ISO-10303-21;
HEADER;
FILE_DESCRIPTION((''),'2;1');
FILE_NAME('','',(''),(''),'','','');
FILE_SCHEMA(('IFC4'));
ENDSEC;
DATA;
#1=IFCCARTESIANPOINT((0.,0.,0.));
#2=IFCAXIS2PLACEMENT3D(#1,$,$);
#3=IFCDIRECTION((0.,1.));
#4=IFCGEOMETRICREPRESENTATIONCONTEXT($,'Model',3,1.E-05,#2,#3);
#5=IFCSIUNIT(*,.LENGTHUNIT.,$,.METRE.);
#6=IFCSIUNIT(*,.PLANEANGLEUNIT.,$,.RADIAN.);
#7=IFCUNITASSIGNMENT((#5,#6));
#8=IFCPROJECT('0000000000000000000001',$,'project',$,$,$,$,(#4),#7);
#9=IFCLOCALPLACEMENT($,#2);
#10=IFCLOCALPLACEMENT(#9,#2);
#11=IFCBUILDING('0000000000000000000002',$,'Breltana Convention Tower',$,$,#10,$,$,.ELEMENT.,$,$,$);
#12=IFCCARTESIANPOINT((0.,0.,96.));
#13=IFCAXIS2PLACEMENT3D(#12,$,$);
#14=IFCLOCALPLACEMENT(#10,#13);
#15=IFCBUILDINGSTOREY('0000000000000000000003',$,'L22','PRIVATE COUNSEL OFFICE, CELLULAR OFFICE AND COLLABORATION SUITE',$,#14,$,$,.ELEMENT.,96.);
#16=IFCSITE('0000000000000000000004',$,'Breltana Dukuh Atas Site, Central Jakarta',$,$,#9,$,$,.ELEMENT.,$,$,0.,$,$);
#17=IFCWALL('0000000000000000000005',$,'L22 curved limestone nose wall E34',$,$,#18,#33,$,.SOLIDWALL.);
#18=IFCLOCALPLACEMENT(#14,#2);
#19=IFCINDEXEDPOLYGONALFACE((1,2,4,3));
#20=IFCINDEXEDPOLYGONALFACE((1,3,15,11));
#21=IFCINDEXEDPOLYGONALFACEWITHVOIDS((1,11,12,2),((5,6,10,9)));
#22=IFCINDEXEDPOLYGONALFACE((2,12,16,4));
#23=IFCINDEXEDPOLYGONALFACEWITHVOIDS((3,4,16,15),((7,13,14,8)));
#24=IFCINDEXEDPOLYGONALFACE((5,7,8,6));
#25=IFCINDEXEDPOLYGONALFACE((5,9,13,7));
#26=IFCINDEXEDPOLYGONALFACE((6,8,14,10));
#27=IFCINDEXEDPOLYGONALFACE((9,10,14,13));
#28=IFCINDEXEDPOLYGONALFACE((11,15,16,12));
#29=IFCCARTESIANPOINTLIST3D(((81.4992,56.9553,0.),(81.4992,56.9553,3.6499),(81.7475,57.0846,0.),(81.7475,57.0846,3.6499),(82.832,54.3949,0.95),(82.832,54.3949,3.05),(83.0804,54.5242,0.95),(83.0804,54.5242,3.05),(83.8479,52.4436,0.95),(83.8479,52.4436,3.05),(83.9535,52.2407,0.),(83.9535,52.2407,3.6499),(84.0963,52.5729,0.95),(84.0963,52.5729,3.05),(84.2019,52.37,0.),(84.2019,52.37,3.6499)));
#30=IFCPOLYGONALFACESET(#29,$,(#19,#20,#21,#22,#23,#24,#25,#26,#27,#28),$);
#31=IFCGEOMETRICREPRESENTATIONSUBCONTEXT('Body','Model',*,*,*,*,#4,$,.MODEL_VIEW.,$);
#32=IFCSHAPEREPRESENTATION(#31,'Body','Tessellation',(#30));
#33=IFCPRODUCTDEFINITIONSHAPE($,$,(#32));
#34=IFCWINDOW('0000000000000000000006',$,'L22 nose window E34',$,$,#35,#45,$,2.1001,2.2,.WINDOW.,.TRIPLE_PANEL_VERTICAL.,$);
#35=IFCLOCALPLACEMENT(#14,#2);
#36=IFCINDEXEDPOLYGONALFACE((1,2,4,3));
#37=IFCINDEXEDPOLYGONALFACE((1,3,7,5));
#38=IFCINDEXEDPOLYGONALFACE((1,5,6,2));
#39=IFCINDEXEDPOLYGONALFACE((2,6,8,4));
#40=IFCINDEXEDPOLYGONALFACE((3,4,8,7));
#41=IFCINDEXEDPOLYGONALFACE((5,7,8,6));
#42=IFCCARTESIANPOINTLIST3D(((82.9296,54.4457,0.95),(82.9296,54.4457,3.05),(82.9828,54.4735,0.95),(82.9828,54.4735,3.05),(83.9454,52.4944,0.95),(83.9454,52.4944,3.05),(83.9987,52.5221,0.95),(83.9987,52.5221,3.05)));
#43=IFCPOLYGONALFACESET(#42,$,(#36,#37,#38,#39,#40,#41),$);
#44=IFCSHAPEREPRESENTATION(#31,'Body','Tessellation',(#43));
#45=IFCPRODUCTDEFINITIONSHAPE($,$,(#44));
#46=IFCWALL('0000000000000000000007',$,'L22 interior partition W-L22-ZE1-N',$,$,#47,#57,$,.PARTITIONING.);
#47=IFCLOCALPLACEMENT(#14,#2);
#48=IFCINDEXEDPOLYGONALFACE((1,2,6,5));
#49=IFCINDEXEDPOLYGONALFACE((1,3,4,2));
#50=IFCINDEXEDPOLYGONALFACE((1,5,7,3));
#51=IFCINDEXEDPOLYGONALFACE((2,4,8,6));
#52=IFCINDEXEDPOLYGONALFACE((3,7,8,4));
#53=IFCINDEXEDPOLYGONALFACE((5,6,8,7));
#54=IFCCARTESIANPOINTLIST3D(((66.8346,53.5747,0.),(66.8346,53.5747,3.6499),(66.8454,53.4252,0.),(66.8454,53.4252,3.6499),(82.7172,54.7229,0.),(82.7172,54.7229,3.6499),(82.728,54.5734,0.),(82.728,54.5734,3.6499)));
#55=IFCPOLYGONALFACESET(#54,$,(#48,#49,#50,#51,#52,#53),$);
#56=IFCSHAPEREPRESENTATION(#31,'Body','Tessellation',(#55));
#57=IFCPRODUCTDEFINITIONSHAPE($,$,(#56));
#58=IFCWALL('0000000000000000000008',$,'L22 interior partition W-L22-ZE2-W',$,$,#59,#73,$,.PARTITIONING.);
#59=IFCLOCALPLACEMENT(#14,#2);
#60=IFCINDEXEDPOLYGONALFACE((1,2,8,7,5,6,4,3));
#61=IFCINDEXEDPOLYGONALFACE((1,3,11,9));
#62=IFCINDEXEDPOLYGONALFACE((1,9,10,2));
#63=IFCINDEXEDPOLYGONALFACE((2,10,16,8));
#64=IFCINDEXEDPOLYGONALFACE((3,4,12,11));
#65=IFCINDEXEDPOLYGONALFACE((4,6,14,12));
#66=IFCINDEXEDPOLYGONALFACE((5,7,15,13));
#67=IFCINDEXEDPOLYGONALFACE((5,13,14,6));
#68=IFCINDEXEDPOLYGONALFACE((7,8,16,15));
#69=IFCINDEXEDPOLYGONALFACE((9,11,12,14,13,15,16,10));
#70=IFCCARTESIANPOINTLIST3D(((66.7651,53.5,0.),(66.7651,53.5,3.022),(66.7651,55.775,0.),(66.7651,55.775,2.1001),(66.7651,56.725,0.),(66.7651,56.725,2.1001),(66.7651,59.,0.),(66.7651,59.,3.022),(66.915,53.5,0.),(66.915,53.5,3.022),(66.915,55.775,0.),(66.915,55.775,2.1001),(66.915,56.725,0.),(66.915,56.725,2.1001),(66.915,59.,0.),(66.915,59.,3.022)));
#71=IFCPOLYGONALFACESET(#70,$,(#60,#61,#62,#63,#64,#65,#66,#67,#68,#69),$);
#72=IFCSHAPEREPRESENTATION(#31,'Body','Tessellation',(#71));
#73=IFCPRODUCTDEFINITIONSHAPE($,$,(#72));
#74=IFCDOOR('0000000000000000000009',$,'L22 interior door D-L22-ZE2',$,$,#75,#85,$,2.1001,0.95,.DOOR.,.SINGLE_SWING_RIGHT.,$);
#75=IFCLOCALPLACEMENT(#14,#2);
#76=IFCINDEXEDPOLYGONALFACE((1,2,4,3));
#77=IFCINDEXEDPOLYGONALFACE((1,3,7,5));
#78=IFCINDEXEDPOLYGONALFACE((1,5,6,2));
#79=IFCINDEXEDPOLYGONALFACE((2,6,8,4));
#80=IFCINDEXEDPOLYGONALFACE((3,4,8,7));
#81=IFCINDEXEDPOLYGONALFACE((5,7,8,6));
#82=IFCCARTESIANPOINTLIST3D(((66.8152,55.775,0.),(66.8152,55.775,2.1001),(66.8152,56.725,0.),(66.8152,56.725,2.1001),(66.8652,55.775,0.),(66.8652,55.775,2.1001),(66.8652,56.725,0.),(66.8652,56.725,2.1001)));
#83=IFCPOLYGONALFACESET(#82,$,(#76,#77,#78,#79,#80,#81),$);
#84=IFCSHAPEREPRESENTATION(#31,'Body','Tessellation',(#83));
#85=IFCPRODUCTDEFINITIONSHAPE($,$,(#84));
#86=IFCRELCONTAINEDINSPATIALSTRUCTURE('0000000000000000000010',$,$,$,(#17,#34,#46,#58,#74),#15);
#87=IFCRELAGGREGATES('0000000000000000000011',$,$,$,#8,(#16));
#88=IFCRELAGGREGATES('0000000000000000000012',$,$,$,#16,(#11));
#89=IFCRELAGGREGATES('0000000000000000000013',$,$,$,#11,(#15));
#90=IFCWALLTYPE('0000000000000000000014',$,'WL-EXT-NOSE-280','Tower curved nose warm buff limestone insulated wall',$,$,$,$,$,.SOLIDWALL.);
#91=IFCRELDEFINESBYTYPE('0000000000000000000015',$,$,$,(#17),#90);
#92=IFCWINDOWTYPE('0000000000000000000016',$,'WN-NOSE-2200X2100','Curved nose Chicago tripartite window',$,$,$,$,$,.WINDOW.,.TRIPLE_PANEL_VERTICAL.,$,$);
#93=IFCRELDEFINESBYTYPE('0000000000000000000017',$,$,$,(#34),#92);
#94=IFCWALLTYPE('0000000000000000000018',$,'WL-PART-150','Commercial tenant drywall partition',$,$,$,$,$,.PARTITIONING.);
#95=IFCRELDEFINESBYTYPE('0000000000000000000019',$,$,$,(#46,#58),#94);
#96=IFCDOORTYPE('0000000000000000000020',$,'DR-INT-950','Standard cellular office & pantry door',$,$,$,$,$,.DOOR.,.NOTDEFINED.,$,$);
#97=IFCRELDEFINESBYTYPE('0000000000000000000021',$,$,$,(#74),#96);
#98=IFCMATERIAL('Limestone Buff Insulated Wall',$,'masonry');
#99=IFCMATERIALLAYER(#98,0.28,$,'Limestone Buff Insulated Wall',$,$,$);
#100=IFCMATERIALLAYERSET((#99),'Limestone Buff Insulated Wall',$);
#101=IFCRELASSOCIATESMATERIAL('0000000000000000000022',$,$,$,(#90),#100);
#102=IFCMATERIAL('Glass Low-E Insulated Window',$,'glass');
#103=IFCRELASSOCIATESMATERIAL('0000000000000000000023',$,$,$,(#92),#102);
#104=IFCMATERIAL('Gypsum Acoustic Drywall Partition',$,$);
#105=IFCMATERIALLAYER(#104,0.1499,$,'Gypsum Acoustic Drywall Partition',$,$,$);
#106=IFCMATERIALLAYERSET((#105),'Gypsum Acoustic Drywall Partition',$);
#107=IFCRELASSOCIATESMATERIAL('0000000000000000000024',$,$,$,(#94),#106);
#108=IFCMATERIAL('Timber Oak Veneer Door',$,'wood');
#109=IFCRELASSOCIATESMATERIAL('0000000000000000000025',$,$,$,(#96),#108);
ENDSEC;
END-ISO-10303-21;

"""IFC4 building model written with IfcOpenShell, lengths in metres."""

from ifc_helpers import new_model, si_unit, direction, frame, frame_2d, origin, place, context, subcontext, project, spatial, rectangle, extrude, source, transform, mapped, material, layer, layer_set, type_object, type_shapes, element, fill, save


model = new_model("IFC4")

# Units and contexts
model_context = context("Model", 3, precision=1e-05, world=origin(), true_north=direction((0.0, 1.0)))
body_context = subcontext(model_context, "Body", "Model", "MODEL_VIEW")
ifc_project = project(units=[si_unit("LENGTHUNIT", "METRE"), si_unit("PLANEANGLEUNIT", "RADIAN")], contexts=[model_context])

# Site, building, storey
site_placement = place(None, origin())
site = spatial("IfcSite", under=ifc_project, at=site_placement, Name="Breltana Dukuh Atas Site, Central Jakarta", CompositionType="ELEMENT", RefElevation=0.0)
building_placement = place(site_placement, origin())
building = spatial("IfcBuilding", under=site, at=building_placement, Name="Breltana Convention Tower", CompositionType="ELEMENT")
storey_placement = place(building_placement, frame((0.0, 0.0, 96.0)))
storey = spatial("IfcBuildingStorey", under=building, at=storey_placement, Name="L22", Description="PRIVATE COUNSEL OFFICE, CELLULAR OFFICE AND COLLABORATION SUITE", CompositionType="ELEMENT", Elevation=96.0)

# Wall, opening, window
ifc_material_1 = material(Name="Limestone Buff Insulated Wall", Category="masonry")
ifc_layer_1 = layer(ifc_material_1, 0.28, Name="Limestone Buff Insulated Wall")
ifc_layer_set_1 = layer_set([ifc_layer_1], Name="Limestone Buff Insulated Wall")
wall_type_1 = type_object("IfcWallType", Name="WL-EXT-NOSE-280", Description="Tower curved nose warm buff limestone insulated wall", PredefinedType="SOLIDWALL", material=ifc_layer_set_1)
ifc_material_2 = material(Name="Glass Low-E Insulated Window", Category="glass")
window_type = type_object("IfcWindowType", Name="WN-NOSE-2200X2100", Description="Curved nose Chicago tripartite window", PartitioningType="TRIPLE_PANEL_VERTICAL", PredefinedType="WINDOW", material=ifc_material_2)
shared_shape_1 = source(origin(), body_context, "Body", "SweptSolid", [
    extrude(rectangle(XDim=2.2, YDim=2.1001, at=frame_2d((1.1001, 1.05))), frame((0.0, 0.03, 0.0), z_axis=(0.0, -1.0, 0.0), x_axis=(1.0, 0.0, 0.0)), (0.0, 0.0, 1.0), 0.0601),
])
type_shapes(window_type, [shared_shape_1])
shared_shape_2 = source(origin(), body_context, "Body", "SweptSolid", [
    extrude(rectangle(XDim=5.3152, YDim=0.28, at=frame_2d((2.6577, 0.0))), origin(), (0.0, 0.0, 1.0), 3.6499),
])
wall_1_placement = place(storey_placement, frame((81.6233, 57.02, 0.0), z_axis=(0.0, 0.0, 1.0), x_axis=(0.461761, -0.887005, 0.0)))
wall_1 = element("IfcWall", 1, at=wall_1_placement, inside=storey, type_object=wall_type_1, Name="L22 curved limestone nose wall E34", PredefinedType="SOLIDWALL", context=body_context, shape_type="MappedRepresentation", body=[
    mapped(shared_shape_2, transform((0.0, 0.0, 0.0), scale=1.0)),
])
opening_1_placement = place(wall_1_placement, frame((2.8865, 0.0, 0.95)))
opening_1 = element("IfcOpeningElement", 2, at=opening_1_placement, cuts=wall_1, PredefinedType="OPENING", context=body_context, shape_type="SweptSolid", body=[
    extrude(rectangle(XDim=2.2, YDim=2.1001, at=frame_2d((1.1001, 1.05))), frame((0.0, 0.1499, 0.0), z_axis=(0.0, -1.0, 0.0), x_axis=(1.0, 0.0, 0.0)), (0.0, 0.0, 1.0), 0.3),
])
window_1_placement = place(opening_1_placement, origin())
window_1 = element("IfcWindow", 3, at=window_1_placement, inside=storey, type_object=window_type, Name="L22 nose window E34", OverallHeight=2.1001, OverallWidth=2.2, PartitioningType="TRIPLE_PANEL_VERTICAL", PredefinedType="WINDOW", context=body_context, shape_type="MappedRepresentation", body=[
    mapped(shared_shape_1, transform((0.0, 0.0, 0.0), scale=1.0)),
])
fill(opening_1, window_1)

# Wall
ifc_material_3 = material(Name="Gypsum Acoustic Drywall Partition")
ifc_layer_2 = layer(ifc_material_3, 0.1499, Name="Gypsum Acoustic Drywall Partition")
ifc_layer_set_2 = layer_set([ifc_layer_2], Name="Gypsum Acoustic Drywall Partition")
wall_type_2 = type_object("IfcWallType", Name="WL-PART-150", Description="Commercial tenant drywall partition", PredefinedType="PARTITIONING", material=ifc_layer_set_2)
shared_shape_3 = source(origin(), body_context, "Body", "SweptSolid", [
    extrude(rectangle(XDim=15.9241, YDim=0.1499, at=frame_2d((7.9619, 0.0))), origin(), (0.0, 0.0, 1.0), 3.6499),
])
wall_2_placement = place(storey_placement, frame((66.8401, 53.5, 0.0), z_axis=(0.0, 0.0, 1.0), x_axis=(0.997397, 0.072105, 0.0)))
element("IfcWall", 4, at=wall_2_placement, inside=storey, type_object=wall_type_2, Name="L22 interior partition W-L22-ZE1-N", PredefinedType="PARTITIONING", context=body_context, shape_type="MappedRepresentation", body=[
    mapped(shared_shape_3, transform((0.0, 0.0, 0.0), scale=1.0)),
])

# Wall, opening, door
shared_shape_4 = source(origin(), body_context, "Body", "SweptSolid", [
    extrude(rectangle(XDim=5.5, YDim=0.1499, at=frame_2d((2.75, 0.0))), origin(), (0.0, 0.0, 1.0), 3.022),
])
wall_3_placement = place(storey_placement, frame((66.8401, 53.5, 0.0), z_axis=(0.0, 0.0, 1.0), x_axis=(0.0, 1.0, 0.0)))
wall_3 = element("IfcWall", 5, at=wall_3_placement, inside=storey, type_object=wall_type_2, Name="L22 interior partition W-L22-ZE2-W", PredefinedType="PARTITIONING", context=body_context, shape_type="MappedRepresentation", body=[
    mapped(shared_shape_4, transform((0.0, 0.0, 0.0), scale=1.0)),
])
opening_2_placement = place(wall_3_placement, frame((2.2749, 0.0, 0.0)))
opening_2 = element("IfcOpeningElement", 6, at=opening_2_placement, cuts=wall_3, PredefinedType="OPENING", context=body_context, shape_type="SweptSolid", body=[
    extrude(rectangle(XDim=0.95, YDim=2.1001, at=frame_2d((0.4751, 1.05))), frame((0.0, 0.085, 0.0), z_axis=(0.0, -1.0, 0.0), x_axis=(1.0, 0.0, 0.0)), (0.0, 0.0, 1.0), 0.1699),
])
ifc_material_4 = material(Name="Timber Oak Veneer Door", Category="wood")
door_type = type_object("IfcDoorType", Name="DR-INT-950", Description="Standard cellular office & pantry door", OperationType="NOTDEFINED", PredefinedType="DOOR", material=ifc_material_4)
shared_shape_5 = source(origin(), body_context, "Body", "SweptSolid", [
    extrude(rectangle(XDim=0.95, YDim=2.1001, at=frame_2d((0.4751, 1.05))), frame((0.0, 0.0249, 0.0), z_axis=(0.0, -1.0, 0.0), x_axis=(1.0, 0.0, 0.0)), (0.0, 0.0, 1.0), 0.05),
])
type_shapes(door_type, [shared_shape_5])
door_placement = place(opening_2_placement, origin())
door = element("IfcDoor", 7, at=door_placement, inside=storey, type_object=door_type, Name="L22 interior door D-L22-ZE2", OperationType="SINGLE_SWING_RIGHT", OverallHeight=2.1001, OverallWidth=0.95, PredefinedType="DOOR", context=body_context, shape_type="MappedRepresentation", body=[
    mapped(shared_shape_5, transform((0.0, 0.0, 0.0), scale=1.0)),
])
fill(opening_2, door)

save(model, "model.ifc")
